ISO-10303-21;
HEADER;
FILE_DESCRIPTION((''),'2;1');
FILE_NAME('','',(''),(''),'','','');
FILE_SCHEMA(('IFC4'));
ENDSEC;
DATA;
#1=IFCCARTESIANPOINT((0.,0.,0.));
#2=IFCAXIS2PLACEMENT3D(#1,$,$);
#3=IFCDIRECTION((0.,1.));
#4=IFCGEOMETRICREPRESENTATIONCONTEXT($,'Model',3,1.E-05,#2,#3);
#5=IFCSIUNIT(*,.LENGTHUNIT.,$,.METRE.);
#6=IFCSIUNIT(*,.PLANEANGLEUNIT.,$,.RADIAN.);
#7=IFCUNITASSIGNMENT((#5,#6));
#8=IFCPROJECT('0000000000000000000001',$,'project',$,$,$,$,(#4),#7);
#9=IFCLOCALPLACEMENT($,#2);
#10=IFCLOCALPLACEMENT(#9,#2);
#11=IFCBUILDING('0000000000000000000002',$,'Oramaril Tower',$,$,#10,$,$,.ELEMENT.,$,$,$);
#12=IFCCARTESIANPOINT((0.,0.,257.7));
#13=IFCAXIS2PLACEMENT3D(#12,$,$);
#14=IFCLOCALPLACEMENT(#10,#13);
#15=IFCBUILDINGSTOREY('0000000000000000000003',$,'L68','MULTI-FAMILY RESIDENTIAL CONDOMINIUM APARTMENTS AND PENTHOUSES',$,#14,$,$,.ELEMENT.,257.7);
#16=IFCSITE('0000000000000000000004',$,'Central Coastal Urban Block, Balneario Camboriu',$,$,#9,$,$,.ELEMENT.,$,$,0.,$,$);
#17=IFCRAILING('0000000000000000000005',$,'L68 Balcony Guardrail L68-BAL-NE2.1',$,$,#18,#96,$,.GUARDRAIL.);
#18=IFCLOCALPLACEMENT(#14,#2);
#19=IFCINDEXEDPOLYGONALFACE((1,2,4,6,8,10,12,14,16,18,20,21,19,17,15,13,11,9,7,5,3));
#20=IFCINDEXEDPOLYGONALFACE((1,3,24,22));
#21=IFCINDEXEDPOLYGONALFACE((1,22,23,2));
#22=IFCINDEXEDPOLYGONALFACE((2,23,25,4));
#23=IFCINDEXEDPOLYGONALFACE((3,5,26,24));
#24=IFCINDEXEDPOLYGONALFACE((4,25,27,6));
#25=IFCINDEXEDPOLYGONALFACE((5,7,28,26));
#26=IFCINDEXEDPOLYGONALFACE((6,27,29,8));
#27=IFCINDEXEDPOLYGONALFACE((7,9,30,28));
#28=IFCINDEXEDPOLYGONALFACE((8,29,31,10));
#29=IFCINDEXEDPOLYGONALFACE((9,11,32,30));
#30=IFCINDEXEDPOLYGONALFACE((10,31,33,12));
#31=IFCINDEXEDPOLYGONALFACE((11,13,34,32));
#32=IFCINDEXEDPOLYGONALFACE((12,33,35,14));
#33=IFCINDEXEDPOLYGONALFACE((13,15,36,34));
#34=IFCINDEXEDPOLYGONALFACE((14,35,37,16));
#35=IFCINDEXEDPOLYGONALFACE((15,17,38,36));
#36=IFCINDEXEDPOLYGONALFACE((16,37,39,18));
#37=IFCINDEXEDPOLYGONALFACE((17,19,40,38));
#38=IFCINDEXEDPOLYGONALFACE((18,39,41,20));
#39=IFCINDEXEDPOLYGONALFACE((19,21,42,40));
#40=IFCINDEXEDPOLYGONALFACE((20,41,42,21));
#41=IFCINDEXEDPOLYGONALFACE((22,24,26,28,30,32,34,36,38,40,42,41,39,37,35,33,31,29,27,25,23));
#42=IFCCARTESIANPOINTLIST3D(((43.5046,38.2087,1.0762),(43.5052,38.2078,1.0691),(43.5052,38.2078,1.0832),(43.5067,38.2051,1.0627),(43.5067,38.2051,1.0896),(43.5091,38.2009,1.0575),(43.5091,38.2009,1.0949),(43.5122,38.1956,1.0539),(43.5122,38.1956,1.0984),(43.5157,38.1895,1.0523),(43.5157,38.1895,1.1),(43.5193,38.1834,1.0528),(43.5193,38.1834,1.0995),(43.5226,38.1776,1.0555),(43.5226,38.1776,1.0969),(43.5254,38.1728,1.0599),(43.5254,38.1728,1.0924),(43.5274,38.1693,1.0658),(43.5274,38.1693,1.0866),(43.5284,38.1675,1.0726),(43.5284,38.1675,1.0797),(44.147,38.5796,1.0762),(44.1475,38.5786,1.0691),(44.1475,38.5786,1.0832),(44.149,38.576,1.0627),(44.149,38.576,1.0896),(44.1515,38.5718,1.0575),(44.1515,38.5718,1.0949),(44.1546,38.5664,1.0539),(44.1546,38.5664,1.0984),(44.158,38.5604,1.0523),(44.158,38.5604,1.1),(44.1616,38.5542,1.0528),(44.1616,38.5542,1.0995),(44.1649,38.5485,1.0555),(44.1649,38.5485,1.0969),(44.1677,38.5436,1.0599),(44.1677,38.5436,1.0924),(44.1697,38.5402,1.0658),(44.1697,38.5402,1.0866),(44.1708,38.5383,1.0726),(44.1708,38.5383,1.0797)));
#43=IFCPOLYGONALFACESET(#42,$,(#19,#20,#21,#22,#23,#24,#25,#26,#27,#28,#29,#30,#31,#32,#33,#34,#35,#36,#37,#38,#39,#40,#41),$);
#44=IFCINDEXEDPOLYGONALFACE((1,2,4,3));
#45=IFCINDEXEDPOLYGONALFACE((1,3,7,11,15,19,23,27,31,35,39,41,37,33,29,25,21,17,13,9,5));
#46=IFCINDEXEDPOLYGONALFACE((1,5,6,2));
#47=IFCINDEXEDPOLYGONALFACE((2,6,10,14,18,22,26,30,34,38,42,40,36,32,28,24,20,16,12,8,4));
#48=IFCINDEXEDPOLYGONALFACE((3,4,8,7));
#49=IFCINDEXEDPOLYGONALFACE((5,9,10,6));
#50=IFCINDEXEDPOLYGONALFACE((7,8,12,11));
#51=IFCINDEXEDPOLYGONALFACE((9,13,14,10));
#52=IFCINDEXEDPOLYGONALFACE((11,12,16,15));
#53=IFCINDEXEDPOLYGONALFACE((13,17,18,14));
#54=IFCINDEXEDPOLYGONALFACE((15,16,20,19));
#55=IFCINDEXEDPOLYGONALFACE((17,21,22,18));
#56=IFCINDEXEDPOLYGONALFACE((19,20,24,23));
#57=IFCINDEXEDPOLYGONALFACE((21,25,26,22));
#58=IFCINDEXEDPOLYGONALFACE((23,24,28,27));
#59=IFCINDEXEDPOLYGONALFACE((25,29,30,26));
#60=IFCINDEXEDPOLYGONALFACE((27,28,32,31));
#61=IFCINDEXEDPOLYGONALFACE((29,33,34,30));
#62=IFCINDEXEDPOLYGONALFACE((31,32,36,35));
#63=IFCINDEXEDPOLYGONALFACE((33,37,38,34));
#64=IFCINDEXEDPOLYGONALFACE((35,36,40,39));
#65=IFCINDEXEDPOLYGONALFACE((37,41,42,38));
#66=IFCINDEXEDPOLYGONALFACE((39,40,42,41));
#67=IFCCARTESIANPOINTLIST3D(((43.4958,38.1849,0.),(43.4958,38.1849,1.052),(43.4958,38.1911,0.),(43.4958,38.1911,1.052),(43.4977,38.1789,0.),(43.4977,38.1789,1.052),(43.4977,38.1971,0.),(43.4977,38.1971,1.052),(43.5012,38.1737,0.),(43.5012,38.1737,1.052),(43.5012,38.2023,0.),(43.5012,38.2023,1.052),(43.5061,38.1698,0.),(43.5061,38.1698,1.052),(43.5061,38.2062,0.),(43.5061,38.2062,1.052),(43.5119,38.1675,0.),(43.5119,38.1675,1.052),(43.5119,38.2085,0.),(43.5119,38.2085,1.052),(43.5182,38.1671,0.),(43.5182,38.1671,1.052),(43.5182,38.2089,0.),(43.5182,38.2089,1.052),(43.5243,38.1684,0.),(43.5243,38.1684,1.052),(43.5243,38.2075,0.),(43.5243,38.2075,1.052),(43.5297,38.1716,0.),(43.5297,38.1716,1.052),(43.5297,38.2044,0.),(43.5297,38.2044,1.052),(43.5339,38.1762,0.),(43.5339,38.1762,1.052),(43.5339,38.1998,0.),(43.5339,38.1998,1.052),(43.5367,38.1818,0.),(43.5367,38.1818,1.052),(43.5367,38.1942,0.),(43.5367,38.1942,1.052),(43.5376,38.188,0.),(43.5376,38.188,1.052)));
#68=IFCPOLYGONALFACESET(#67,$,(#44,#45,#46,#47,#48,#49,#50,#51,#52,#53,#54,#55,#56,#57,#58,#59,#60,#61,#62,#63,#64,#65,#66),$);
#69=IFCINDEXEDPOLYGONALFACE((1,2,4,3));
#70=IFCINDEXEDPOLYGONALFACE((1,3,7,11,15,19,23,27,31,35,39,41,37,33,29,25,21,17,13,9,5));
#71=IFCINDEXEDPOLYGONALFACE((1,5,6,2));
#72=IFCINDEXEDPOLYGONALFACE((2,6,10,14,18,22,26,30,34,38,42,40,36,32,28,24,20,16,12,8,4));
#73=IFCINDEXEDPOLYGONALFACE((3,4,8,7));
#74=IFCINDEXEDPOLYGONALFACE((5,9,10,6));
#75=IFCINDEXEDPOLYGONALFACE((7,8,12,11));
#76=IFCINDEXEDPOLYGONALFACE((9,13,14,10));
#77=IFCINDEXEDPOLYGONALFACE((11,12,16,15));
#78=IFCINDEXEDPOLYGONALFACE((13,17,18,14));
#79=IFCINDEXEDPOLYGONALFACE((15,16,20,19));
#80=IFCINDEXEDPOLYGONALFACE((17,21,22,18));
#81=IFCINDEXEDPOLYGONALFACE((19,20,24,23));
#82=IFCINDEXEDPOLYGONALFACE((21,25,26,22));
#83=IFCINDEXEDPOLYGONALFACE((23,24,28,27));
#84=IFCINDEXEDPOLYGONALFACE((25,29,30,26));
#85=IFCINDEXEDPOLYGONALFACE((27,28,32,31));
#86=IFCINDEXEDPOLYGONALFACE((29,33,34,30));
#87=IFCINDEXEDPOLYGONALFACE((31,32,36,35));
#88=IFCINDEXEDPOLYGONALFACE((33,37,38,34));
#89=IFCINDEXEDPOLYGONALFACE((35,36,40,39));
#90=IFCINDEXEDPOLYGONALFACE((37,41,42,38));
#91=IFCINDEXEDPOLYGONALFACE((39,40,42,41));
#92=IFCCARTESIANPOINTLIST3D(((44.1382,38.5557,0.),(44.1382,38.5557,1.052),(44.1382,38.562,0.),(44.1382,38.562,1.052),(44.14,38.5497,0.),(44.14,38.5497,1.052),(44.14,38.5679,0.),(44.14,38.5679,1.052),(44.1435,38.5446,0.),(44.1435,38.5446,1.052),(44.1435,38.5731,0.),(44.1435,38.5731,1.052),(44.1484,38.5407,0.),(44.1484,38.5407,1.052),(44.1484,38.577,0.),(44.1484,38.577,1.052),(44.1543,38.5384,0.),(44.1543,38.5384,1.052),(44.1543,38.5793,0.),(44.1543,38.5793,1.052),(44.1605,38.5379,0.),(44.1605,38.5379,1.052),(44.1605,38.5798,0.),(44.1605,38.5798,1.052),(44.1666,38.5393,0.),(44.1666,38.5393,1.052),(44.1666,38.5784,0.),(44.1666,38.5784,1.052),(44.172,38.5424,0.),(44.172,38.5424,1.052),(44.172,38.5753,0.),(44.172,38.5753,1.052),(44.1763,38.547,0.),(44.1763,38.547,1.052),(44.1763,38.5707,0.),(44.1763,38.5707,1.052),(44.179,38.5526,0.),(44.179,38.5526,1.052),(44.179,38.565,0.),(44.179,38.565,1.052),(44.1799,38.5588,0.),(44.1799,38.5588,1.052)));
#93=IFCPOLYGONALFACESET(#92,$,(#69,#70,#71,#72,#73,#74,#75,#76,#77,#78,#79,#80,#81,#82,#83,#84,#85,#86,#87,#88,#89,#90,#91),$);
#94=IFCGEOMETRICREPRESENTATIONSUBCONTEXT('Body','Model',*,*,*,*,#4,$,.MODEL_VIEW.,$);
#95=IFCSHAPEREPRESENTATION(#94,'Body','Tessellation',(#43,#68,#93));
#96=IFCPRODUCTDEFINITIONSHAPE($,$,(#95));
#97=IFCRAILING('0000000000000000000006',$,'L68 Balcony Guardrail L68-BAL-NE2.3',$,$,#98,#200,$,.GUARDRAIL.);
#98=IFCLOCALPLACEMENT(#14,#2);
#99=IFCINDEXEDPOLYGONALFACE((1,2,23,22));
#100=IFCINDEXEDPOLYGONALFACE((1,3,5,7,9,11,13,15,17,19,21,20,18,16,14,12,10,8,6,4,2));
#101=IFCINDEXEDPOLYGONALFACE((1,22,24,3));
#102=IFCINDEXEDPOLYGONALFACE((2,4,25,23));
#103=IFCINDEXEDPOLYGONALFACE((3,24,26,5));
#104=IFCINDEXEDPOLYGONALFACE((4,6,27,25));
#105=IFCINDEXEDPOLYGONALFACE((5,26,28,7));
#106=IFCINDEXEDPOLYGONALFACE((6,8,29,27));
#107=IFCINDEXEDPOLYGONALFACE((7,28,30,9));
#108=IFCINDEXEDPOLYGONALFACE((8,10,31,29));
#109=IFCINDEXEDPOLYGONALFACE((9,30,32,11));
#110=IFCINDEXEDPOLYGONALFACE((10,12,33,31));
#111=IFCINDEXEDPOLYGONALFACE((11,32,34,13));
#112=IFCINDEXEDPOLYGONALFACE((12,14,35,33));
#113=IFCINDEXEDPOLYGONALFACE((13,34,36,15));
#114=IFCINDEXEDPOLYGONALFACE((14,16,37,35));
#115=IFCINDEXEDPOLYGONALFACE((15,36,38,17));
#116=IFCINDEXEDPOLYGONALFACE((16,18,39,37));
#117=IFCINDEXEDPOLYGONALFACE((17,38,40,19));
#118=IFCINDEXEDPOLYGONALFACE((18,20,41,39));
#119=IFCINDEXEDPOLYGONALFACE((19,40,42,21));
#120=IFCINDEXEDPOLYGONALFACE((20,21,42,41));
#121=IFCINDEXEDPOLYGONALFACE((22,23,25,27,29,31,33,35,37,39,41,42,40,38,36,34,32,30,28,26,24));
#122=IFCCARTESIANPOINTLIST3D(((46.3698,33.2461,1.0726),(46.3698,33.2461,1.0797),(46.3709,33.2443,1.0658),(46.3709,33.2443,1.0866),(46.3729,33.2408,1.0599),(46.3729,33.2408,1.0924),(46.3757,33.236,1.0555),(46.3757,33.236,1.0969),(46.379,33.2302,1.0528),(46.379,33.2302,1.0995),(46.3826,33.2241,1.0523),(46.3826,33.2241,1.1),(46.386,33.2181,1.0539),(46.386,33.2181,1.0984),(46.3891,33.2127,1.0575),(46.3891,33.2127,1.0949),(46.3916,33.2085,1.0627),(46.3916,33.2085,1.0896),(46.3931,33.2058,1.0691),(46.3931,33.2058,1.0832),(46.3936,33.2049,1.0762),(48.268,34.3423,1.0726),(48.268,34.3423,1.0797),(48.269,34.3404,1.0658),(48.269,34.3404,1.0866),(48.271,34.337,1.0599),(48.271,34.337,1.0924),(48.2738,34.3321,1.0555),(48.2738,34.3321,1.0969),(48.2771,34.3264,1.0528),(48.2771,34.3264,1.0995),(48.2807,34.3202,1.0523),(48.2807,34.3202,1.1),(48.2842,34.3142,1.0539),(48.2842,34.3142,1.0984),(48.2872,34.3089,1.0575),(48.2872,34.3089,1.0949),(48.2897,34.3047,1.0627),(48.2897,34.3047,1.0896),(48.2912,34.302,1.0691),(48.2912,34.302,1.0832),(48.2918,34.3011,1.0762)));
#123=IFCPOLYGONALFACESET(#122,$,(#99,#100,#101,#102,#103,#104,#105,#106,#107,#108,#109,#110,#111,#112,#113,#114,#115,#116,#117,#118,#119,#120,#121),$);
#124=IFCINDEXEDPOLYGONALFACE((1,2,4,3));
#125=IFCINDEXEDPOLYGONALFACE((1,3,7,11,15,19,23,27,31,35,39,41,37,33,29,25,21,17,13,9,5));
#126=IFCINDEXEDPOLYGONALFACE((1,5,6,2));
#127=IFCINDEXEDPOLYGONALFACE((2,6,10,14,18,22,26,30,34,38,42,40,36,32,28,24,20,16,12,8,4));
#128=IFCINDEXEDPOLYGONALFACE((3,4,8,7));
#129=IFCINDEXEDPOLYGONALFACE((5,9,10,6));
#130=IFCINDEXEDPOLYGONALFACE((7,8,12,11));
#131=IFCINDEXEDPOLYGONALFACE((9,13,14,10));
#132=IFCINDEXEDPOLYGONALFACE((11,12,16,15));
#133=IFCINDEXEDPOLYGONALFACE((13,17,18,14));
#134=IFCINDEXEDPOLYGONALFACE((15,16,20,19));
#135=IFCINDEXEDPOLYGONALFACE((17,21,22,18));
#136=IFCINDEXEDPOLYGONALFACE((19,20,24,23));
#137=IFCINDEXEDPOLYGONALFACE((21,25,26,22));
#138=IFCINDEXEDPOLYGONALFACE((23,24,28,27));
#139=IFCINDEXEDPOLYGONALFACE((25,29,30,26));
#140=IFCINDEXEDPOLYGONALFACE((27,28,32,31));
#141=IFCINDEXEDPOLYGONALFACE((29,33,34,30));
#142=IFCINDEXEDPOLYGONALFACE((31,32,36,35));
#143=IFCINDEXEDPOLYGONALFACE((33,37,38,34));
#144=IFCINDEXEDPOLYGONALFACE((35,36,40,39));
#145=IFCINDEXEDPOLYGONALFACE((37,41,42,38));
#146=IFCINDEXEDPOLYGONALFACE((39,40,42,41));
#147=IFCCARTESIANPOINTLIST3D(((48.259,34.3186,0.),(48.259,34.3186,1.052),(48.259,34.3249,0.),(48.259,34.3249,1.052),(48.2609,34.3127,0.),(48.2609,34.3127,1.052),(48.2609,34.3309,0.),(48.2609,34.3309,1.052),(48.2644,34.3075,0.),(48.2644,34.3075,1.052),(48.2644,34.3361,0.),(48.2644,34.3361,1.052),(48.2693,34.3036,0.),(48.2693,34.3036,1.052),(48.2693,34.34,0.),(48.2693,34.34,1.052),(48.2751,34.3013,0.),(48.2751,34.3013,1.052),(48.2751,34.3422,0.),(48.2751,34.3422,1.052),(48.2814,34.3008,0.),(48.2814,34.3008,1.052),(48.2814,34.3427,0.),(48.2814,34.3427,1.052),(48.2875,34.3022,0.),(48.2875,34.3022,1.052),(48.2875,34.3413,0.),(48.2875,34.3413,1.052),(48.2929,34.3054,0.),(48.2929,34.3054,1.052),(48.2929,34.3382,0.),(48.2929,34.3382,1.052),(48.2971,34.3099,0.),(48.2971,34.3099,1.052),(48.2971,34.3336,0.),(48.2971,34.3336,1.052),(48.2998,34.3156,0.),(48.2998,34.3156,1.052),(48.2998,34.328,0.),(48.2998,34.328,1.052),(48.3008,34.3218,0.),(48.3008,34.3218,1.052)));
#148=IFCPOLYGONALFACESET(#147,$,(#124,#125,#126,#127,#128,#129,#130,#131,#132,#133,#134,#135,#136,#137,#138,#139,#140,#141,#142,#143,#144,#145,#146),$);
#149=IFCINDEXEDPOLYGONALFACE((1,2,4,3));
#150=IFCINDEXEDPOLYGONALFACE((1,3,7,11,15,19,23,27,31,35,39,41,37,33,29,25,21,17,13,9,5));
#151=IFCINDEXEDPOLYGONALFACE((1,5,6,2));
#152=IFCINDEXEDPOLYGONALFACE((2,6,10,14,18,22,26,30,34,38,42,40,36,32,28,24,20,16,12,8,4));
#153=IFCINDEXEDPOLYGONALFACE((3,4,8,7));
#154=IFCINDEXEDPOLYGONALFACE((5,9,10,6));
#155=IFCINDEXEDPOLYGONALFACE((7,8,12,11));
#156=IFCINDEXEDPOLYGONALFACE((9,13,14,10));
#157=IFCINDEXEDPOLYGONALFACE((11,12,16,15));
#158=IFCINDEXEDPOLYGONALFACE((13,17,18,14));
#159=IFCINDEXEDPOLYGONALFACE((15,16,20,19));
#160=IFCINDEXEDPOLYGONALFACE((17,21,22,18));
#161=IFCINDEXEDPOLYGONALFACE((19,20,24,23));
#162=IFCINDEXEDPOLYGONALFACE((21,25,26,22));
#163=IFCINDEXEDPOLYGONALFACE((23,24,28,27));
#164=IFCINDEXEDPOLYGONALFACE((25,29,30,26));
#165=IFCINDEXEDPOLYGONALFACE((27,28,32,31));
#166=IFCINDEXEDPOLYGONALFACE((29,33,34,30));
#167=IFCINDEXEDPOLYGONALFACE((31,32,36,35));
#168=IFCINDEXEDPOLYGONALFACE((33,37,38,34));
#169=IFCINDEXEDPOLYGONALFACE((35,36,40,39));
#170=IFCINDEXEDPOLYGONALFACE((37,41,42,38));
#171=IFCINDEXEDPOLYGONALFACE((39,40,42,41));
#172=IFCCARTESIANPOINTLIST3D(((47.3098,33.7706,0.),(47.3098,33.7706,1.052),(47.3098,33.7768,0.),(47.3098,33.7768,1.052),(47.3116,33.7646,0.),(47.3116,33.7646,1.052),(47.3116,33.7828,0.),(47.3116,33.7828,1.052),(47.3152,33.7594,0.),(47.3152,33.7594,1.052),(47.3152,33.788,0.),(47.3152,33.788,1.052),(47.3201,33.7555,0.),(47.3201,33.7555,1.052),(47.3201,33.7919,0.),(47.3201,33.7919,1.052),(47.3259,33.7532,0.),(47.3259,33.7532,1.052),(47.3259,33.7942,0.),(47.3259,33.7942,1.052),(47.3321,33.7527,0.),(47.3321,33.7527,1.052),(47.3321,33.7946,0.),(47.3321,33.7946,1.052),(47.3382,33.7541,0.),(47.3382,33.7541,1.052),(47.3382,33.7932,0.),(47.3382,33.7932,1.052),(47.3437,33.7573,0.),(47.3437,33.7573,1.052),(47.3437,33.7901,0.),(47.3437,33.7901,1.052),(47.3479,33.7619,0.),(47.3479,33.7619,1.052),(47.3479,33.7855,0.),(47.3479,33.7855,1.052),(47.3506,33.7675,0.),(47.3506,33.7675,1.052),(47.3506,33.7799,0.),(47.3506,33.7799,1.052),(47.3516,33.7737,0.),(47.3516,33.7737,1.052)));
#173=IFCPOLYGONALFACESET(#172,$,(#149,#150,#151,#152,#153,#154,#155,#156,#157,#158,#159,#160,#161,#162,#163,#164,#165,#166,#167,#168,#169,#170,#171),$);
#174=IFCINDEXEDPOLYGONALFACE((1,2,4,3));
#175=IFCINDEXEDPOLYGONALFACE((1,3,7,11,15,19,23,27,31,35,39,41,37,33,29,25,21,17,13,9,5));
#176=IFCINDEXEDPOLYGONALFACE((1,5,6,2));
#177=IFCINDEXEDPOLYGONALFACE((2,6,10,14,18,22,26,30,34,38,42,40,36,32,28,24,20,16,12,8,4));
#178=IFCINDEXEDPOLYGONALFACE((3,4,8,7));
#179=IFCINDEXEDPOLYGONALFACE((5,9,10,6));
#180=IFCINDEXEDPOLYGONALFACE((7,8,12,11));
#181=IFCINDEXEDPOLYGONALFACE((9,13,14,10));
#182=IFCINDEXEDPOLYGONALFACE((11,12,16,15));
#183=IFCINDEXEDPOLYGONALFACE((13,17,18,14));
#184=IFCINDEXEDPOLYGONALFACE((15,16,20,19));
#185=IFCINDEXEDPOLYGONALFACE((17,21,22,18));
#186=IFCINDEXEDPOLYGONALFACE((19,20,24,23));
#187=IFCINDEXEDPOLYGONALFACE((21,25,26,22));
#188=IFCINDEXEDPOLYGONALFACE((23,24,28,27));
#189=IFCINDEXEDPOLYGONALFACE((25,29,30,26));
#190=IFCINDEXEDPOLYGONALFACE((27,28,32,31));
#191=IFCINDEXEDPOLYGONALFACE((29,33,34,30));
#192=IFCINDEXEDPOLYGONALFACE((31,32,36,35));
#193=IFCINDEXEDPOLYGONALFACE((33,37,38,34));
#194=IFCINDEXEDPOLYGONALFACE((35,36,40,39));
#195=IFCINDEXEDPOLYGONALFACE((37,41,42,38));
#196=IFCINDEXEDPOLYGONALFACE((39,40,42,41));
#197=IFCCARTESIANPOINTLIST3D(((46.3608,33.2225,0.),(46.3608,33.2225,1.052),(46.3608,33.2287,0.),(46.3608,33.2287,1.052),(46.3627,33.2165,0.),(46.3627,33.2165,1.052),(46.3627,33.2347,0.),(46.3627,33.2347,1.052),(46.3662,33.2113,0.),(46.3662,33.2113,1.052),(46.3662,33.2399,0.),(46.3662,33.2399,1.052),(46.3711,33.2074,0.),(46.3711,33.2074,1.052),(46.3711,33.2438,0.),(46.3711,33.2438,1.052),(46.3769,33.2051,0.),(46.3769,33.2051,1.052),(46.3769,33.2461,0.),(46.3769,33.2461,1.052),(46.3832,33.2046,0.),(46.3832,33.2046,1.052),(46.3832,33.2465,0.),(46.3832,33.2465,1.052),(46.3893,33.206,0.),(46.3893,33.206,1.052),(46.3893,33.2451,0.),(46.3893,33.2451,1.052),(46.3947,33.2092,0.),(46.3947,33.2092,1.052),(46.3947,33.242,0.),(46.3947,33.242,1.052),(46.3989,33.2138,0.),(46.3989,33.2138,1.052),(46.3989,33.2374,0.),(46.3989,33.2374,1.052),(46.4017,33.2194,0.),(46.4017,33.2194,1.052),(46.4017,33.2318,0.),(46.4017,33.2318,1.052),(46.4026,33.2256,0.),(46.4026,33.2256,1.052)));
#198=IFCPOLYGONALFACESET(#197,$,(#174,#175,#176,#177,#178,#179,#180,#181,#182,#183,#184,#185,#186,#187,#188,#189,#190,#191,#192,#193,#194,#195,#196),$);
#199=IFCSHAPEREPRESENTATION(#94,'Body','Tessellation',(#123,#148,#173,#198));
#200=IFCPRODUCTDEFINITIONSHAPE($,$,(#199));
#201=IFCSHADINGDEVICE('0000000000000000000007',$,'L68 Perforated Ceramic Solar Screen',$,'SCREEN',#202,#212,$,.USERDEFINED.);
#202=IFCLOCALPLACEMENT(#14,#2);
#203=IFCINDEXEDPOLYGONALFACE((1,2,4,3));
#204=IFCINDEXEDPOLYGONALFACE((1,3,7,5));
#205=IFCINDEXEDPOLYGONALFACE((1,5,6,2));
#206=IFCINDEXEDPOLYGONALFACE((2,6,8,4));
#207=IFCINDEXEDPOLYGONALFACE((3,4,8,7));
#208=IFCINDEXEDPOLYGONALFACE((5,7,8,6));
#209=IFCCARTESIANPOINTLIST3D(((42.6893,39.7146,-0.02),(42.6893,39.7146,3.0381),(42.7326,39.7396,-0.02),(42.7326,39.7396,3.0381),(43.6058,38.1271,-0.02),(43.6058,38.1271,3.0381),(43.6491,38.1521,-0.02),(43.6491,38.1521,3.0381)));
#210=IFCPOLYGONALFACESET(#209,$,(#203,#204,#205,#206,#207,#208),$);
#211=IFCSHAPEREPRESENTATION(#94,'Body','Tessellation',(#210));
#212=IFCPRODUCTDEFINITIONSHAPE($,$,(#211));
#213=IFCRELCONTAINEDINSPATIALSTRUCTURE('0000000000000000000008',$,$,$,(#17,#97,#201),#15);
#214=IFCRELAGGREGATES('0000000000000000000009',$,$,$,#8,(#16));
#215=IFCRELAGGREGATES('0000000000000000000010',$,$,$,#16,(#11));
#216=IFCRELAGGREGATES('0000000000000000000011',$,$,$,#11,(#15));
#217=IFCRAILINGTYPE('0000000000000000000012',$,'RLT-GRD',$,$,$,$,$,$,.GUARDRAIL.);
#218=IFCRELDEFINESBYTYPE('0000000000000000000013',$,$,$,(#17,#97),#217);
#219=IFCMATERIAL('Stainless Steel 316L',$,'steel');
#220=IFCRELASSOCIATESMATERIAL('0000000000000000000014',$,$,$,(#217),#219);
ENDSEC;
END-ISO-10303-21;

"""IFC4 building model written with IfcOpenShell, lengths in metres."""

from ifc_helpers import new_model, si_unit, direction, frame, origin, origin_2d, place, context, subcontext, project, spatial, rectangle, circle, extrude, material, type_object, element, save


model = new_model("IFC4")

# Units and contexts
model_context = context("Model", 3, precision=1e-05, world=origin(), true_north=direction((0.0, 1.0)))
body_context = subcontext(model_context, "Body", "Model", "MODEL_VIEW")
ifc_project = project(units=[si_unit("LENGTHUNIT", "METRE"), si_unit("PLANEANGLEUNIT", "RADIAN")], contexts=[model_context])

# Site, building, storey
site_placement = place(None, origin())
site = spatial("IfcSite", under=ifc_project, at=site_placement, Name="Central Coastal Urban Block, Balneario Camboriu", CompositionType="ELEMENT", RefElevation=0.0)
building_placement = place(site_placement, origin())
building = spatial("IfcBuilding", under=site, at=building_placement, Name="Oramaril Tower", CompositionType="ELEMENT")
storey_placement = place(building_placement, frame((0.0, 0.0, 257.7)))
storey = spatial("IfcBuildingStorey", under=building, at=storey_placement, Name="L68", Description="MULTI-FAMILY RESIDENTIAL CONDOMINIUM APARTMENTS AND PENTHOUSES", CompositionType="ELEMENT", Elevation=257.7)

# Railings
ifc_material_1 = material(Name="Stainless Steel 316L", Category="steel")
railing_type = type_object("IfcRailingType", Name="RLT-GRD", PredefinedType="GUARDRAIL", material=ifc_material_1)
railing_1_placement = place(storey_placement, frame((43.5166, 38.188, 0.0)))
element("IfcRailing", 1, at=railing_1_placement, inside=storey, type_object=railing_type, Name="L68 Balcony Guardrail L68-BAL-NE2.1", PredefinedType="GUARDRAIL", context=body_context, shape_type="SweptSolid", body=[
    extrude(circle(Radius=0.0239, at=origin_2d()), frame((0.0, 0.0, 1.0762), z_axis=(0.866027, 0.499998, 0.0), x_axis=(-0.499998, 0.866027, 0.0)), (0.0, 0.0, 1.0), 0.7417),
    extrude(circle(Radius=0.021, at=origin_2d()), origin(), (0.0, 0.0, 1.0), 1.052),
    extrude(circle(Radius=0.021, at=origin_2d()), frame((0.6423, 0.3708, 0.0)), (0.0, 0.0, 1.0), 1.052),
])
railing_2_placement = place(storey_placement, frame((48.2798, 34.3218, 0.0)))
element("IfcRailing", 2, at=railing_2_placement, inside=storey, type_object=railing_type, Name="L68 Balcony Guardrail L68-BAL-NE2.3", PredefinedType="GUARDRAIL", context=body_context, shape_type="SweptSolid", body=[
    extrude(circle(Radius=0.0239, at=origin_2d()), frame((0.0, 0.0, 1.0762), z_axis=(-0.865972, -0.500092, 0.0), x_axis=(0.500092, -0.865972, 0.0)), (0.0, 0.0, 1.0), 2.1919),
    extrude(circle(Radius=0.021, at=origin_2d()), origin(), (0.0, 0.0, 1.0), 1.052),
    extrude(circle(Radius=0.021, at=origin_2d()), frame((-0.9492, -0.5481, 0.0)), (0.0, 0.0, 1.0), 1.052),
    extrude(circle(Radius=0.021, at=origin_2d()), frame((-1.8982, -1.0962, 0.0)), (0.0, 0.0, 1.0), 1.052),
])

# Shading device
for number, where, z_axis, x_axis, name in (
    (3, (43.1692, 38.9333, -0.02), (0.0, 0.0, 1.0), (-0.5, 0.866025, 0.0), "L68 Perforated Ceramic Solar Screen"),
):
    element("IfcShadingDevice", number, at=place(storey_placement, frame(where, z_axis=z_axis, x_axis=x_axis)), inside=storey, Name=name, ObjectType="SCREEN", PredefinedType="USERDEFINED", context=body_context, shape_type="SweptSolid", body=[
        extrude(rectangle(XDim=1.833, YDim=0.05, at=origin_2d()), origin(), (0.0, 0.0, 1.0), 3.0581),
    ])

save(model, "model.ifc")
